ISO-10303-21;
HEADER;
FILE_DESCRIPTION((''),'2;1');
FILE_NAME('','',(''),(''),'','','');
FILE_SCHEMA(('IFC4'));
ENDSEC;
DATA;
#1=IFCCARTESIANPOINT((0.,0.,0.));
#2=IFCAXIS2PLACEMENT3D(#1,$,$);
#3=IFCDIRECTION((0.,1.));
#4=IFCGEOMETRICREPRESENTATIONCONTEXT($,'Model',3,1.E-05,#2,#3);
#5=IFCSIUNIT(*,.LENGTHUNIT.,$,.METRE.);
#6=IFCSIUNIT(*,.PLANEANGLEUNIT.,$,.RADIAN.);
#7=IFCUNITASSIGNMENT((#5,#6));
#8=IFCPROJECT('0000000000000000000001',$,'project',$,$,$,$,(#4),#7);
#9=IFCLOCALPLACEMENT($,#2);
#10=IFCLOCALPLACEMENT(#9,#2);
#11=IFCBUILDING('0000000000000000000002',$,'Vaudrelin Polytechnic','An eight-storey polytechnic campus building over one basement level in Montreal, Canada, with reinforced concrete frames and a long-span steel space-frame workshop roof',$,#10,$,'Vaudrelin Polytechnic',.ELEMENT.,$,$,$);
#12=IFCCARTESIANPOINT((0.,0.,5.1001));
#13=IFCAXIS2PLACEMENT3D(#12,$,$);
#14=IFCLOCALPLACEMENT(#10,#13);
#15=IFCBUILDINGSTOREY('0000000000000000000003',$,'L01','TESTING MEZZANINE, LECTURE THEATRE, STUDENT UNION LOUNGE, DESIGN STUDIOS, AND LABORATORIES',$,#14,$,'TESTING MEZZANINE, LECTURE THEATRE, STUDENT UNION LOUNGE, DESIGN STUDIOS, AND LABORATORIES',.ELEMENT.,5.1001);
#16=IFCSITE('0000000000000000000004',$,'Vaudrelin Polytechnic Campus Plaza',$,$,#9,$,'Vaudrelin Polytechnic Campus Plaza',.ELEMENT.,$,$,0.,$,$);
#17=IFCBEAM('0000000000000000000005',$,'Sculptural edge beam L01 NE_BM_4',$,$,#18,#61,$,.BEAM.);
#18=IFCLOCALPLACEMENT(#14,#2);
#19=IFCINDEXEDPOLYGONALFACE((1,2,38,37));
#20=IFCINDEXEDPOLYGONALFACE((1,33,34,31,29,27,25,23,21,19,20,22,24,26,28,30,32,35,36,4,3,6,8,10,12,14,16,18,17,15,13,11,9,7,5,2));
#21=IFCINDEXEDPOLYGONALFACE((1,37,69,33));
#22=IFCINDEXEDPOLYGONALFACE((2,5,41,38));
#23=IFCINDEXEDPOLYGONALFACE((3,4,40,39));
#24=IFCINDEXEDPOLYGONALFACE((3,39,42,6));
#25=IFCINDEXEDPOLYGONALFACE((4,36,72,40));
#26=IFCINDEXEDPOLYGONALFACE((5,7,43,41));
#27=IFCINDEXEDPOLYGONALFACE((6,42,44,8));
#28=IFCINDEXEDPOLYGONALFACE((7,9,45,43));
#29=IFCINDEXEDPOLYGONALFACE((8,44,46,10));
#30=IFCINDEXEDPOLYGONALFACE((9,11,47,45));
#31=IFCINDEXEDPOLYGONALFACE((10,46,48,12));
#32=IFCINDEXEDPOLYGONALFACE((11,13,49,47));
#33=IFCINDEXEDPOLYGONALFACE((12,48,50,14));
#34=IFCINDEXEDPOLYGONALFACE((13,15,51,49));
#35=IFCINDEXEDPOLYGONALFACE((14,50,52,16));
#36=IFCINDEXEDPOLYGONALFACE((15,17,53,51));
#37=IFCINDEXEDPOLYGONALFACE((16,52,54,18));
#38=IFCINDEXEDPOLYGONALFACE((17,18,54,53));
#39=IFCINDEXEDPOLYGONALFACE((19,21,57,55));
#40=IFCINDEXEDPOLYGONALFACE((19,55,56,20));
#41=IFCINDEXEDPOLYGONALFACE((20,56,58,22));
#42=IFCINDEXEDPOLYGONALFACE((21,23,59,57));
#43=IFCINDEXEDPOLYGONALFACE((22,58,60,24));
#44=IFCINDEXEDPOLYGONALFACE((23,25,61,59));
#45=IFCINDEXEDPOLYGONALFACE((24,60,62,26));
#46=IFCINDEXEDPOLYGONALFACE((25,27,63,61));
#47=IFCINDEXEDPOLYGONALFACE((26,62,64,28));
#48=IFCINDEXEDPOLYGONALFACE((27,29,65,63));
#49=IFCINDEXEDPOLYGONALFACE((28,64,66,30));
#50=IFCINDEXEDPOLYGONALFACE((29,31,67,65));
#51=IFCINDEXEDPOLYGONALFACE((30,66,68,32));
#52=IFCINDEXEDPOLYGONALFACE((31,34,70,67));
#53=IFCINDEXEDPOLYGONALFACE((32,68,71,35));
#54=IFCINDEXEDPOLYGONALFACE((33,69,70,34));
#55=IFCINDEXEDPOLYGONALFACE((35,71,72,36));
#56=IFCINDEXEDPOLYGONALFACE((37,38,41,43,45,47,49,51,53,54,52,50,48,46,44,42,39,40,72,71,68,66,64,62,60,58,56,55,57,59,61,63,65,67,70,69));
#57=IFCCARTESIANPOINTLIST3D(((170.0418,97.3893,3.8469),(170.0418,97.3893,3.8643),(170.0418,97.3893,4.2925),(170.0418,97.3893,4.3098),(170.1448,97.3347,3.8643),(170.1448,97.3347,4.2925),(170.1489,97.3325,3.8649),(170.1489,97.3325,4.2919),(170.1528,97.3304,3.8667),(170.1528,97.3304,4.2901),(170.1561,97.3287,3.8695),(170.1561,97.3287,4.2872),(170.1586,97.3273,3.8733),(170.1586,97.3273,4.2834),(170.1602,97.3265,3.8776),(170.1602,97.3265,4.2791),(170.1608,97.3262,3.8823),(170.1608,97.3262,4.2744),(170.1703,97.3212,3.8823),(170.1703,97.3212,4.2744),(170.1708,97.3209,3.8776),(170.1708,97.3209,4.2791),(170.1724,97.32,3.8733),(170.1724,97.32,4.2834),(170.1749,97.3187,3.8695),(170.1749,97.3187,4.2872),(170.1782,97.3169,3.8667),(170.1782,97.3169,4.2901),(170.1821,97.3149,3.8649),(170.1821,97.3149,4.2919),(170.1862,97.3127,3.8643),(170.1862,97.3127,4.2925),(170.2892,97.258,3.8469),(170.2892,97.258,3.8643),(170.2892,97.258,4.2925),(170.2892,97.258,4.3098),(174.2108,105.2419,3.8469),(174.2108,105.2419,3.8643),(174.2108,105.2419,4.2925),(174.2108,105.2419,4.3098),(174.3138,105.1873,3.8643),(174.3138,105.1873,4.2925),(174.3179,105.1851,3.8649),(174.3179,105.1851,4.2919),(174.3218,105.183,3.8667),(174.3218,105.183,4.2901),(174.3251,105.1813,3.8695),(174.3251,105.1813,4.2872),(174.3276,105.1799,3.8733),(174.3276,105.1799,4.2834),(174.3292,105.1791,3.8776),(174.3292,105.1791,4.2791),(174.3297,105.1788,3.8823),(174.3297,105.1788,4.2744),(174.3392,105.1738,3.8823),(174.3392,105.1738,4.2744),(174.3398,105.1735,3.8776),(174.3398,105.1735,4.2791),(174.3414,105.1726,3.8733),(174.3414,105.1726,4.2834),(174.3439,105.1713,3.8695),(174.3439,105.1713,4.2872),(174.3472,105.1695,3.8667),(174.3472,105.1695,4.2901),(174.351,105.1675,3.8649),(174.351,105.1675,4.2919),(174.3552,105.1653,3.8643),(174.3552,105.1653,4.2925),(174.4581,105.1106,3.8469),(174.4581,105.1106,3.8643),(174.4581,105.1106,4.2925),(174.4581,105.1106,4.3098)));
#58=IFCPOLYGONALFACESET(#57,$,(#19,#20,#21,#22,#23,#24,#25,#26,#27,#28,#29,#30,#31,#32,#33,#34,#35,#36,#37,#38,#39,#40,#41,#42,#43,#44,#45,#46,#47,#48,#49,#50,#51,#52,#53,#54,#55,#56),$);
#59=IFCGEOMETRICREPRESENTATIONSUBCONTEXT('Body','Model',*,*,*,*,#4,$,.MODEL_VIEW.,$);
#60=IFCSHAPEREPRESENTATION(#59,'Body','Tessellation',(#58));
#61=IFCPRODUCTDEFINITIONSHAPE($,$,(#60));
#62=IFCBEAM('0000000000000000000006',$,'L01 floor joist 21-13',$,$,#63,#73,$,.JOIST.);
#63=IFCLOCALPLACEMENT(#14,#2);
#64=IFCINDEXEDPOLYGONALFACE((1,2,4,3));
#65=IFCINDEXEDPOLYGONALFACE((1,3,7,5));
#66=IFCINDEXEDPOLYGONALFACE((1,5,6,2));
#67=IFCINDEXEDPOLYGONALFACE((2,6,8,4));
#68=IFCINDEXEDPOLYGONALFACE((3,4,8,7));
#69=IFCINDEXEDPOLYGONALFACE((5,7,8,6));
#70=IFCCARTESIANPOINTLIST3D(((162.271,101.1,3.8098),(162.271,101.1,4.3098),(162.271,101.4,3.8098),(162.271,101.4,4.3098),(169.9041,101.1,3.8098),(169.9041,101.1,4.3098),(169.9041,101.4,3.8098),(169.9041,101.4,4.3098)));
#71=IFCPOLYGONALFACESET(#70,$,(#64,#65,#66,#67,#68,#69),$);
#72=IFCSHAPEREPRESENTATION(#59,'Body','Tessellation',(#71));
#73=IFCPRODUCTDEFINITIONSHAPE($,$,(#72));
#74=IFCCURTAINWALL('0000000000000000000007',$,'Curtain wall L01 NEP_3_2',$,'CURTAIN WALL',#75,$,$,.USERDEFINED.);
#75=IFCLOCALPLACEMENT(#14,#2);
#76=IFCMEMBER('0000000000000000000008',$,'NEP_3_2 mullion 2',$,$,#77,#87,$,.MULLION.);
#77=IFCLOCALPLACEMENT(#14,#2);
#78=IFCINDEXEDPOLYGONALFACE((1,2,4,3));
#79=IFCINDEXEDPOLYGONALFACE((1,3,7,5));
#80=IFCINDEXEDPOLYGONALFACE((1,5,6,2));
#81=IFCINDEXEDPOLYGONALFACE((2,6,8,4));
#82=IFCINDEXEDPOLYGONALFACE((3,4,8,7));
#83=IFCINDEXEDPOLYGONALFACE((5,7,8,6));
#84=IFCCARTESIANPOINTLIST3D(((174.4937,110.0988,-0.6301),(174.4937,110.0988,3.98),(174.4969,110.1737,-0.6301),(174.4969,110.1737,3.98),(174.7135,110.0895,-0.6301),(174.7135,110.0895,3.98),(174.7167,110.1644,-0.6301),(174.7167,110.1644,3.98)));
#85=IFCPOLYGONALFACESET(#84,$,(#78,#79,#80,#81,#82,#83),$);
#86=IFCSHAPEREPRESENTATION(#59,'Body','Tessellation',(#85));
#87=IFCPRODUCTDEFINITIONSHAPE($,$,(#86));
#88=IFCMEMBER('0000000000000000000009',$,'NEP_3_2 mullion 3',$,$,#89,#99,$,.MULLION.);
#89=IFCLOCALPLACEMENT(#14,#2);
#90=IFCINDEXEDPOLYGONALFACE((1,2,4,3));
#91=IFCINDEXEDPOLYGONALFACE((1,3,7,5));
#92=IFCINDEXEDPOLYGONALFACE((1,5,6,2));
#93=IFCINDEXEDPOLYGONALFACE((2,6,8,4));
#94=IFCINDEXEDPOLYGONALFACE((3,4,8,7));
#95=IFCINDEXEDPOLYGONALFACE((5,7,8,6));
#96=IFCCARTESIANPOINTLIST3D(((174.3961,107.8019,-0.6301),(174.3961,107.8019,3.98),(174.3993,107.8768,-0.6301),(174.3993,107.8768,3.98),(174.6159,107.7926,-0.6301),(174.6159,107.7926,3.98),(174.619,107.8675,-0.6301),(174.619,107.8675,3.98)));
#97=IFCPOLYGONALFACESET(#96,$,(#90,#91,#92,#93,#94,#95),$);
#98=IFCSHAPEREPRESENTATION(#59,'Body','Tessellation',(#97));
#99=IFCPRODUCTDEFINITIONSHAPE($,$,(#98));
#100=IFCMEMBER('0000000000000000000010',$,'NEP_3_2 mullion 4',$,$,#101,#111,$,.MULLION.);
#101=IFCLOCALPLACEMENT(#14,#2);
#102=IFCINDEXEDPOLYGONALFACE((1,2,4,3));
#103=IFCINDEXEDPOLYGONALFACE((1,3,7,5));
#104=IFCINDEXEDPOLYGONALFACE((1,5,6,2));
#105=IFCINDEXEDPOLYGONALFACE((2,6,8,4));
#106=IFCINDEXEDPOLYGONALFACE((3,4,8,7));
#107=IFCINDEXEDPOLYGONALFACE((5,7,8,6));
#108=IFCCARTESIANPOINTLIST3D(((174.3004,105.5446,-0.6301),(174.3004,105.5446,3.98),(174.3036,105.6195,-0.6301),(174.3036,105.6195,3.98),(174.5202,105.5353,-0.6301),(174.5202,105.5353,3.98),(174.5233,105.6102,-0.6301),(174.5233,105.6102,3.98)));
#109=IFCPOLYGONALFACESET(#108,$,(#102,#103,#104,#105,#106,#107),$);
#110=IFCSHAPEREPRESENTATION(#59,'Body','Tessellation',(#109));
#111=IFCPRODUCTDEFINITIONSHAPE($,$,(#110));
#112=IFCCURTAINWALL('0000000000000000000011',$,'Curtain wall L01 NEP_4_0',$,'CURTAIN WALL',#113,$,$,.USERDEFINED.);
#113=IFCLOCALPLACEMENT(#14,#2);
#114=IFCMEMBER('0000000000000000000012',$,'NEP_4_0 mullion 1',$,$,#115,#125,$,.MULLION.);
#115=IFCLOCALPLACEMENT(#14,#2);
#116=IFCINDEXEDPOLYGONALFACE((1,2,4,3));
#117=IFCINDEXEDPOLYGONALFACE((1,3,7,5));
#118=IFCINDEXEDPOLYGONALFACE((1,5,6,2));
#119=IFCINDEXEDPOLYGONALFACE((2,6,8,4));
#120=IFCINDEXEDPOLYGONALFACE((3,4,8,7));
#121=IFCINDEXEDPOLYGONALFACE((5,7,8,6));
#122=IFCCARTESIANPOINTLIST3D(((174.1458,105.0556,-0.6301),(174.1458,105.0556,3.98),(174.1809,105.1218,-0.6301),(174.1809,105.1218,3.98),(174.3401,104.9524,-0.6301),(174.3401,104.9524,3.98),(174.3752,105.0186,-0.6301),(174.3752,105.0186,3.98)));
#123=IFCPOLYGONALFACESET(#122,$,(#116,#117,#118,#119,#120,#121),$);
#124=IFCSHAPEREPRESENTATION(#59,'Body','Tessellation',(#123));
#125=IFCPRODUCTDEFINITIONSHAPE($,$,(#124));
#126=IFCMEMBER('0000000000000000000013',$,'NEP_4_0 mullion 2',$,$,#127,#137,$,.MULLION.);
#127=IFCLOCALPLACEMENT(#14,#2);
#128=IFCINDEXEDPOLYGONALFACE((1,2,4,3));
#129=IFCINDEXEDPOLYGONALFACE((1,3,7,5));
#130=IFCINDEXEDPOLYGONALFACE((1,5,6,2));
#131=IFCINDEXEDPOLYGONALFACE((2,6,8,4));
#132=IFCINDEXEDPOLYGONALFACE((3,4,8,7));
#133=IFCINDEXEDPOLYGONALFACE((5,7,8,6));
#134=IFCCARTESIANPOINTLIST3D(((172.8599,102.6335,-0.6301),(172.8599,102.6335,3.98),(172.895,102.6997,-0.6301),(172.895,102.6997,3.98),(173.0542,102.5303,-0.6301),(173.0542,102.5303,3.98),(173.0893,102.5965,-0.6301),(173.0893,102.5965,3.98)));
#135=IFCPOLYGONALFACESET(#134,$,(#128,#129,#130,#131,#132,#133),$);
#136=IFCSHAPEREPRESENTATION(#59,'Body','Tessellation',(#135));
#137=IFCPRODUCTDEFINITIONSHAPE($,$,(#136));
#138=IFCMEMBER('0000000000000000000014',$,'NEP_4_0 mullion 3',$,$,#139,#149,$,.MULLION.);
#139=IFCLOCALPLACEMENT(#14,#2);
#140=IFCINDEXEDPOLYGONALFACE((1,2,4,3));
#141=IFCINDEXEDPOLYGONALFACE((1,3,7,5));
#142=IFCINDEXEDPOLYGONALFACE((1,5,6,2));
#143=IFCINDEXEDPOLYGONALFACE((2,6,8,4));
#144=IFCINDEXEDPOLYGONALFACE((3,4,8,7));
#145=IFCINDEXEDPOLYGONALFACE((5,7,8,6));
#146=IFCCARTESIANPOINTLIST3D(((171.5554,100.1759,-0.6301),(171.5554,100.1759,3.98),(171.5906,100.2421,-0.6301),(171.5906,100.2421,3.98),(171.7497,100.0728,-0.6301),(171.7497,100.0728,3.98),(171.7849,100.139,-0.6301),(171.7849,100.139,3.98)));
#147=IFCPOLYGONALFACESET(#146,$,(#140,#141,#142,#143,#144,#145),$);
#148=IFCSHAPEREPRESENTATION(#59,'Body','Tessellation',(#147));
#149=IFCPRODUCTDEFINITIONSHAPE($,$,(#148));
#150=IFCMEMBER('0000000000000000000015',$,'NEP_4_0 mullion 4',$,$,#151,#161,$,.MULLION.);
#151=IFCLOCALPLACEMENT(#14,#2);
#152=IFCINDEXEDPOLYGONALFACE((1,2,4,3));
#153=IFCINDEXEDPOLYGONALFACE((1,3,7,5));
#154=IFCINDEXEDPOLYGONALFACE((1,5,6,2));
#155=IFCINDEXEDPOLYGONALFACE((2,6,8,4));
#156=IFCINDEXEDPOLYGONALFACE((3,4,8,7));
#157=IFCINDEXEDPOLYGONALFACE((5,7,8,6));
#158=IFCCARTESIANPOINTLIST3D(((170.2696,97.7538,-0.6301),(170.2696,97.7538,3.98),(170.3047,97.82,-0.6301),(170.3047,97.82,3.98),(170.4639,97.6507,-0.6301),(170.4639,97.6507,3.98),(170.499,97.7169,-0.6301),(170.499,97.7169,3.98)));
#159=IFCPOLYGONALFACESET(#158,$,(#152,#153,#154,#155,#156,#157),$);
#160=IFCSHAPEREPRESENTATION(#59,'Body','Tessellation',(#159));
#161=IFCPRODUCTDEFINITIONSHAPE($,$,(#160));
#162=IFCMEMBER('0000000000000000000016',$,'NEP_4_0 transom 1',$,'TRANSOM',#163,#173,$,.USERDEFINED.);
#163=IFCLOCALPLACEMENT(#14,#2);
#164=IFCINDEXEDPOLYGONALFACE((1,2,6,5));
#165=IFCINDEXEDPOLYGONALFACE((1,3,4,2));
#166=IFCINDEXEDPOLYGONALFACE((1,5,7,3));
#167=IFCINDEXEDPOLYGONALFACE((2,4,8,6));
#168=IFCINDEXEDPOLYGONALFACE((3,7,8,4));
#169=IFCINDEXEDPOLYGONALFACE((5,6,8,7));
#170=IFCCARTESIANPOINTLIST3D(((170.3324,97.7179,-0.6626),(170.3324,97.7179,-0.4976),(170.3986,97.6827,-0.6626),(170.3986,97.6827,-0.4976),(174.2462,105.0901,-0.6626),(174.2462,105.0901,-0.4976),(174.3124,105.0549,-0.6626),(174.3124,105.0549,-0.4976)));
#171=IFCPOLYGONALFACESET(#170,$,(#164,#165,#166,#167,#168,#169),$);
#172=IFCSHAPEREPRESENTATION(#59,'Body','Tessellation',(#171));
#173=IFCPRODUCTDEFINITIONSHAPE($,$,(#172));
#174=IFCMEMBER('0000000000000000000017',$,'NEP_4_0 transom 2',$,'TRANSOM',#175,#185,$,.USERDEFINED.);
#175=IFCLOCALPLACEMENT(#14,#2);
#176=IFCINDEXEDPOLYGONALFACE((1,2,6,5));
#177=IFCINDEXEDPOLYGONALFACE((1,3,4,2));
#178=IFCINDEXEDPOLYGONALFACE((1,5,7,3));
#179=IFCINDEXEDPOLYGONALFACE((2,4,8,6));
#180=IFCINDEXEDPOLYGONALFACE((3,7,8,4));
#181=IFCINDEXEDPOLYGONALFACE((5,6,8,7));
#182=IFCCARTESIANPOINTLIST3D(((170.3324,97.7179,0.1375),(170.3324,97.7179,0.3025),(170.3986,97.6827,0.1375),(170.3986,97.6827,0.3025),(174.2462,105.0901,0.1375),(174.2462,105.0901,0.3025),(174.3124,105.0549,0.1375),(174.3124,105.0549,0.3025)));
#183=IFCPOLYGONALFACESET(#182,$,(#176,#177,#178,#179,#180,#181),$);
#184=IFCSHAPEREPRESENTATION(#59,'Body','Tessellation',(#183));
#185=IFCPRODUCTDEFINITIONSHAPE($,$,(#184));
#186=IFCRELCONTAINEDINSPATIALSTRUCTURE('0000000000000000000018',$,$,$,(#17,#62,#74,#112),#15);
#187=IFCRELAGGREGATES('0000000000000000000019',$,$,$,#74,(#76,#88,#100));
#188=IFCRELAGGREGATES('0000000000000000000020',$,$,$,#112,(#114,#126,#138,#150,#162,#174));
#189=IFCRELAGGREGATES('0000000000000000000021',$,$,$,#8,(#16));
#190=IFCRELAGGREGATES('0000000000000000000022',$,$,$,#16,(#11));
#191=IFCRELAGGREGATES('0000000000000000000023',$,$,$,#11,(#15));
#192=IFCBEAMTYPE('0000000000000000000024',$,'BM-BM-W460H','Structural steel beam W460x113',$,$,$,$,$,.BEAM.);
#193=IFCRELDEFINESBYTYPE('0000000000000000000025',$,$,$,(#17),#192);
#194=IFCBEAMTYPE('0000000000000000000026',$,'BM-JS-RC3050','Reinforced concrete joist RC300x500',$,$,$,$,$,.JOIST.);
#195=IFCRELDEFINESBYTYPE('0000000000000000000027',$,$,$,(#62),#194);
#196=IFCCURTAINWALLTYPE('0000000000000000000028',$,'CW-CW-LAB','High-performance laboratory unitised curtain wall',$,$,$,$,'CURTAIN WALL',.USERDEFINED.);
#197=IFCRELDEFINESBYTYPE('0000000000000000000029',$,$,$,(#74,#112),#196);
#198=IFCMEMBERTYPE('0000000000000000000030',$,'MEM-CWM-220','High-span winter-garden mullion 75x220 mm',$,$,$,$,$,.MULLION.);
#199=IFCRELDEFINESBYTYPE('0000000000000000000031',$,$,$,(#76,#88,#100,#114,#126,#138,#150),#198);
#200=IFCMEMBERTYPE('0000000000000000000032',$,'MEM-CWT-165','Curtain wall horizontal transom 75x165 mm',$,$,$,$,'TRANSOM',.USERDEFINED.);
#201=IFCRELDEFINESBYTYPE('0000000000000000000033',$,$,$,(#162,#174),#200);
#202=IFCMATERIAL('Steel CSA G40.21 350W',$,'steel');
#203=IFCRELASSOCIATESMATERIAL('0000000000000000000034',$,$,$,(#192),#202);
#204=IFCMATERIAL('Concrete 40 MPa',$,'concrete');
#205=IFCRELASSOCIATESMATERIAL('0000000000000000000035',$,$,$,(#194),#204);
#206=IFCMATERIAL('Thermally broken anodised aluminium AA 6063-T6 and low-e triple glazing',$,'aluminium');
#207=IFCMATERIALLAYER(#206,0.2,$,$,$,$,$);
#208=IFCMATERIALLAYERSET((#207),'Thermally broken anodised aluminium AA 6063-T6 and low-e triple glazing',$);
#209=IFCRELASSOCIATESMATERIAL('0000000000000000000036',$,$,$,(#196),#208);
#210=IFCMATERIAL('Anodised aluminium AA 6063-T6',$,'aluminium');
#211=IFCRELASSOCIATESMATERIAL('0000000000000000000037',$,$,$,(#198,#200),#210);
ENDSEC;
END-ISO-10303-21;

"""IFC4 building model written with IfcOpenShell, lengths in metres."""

from ifc_helpers import new_model, si_unit, direction, frame, origin, origin_2d, place, context, subcontext, project, spatial, rectangle, i_section, extrude, material, layer, layer_set, material_profile, profile_set, type_object, element, aggregate, save


model = new_model("IFC4")

# Units and contexts
model_context = context("Model", 3, precision=1e-05, world=origin(), true_north=direction((0.0, 1.0)))
body_context = subcontext(model_context, "Body", "Model", "MODEL_VIEW")
ifc_project = project(units=[si_unit("LENGTHUNIT", "METRE"), si_unit("PLANEANGLEUNIT", "RADIAN")], contexts=[model_context])

# Site, building, storey
site_placement = place(None, origin())
site = spatial("IfcSite", under=ifc_project, at=site_placement, Name="Vaudrelin Polytechnic Campus Plaza", LongName="Vaudrelin Polytechnic Campus Plaza", CompositionType="ELEMENT", RefElevation=0.0)
building_placement = place(site_placement, origin())
building = spatial("IfcBuilding", under=site, at=building_placement, Name="Vaudrelin Polytechnic", Description="An eight-storey polytechnic campus building over one basement level in Montreal, Canada, with reinforced concrete frames and a long-span steel space-frame workshop roof", LongName="Vaudrelin Polytechnic", CompositionType="ELEMENT")
storey_placement = place(building_placement, frame((0.0, 0.0, 5.1001)))
storey = spatial("IfcBuildingStorey", under=building, at=storey_placement, Name="L01", Description="TESTING MEZZANINE, LECTURE THEATRE, STUDENT UNION LOUNGE, DESIGN STUDIOS, AND LABORATORIES", LongName="TESTING MEZZANINE, LECTURE THEATRE, STUDENT UNION LOUNGE, DESIGN STUDIOS, AND LABORATORIES", CompositionType="ELEMENT", Elevation=5.1001)

# Beams
ifc_material_1 = material(Name="Concrete 40 MPa", Category="concrete")
ifc_material_2 = material(Name="Steel CSA G40.21 350W", Category="steel")
ifc_material_profile_1 = material_profile(ifc_material_2, i_section(OverallWidth=0.28, OverallDepth=0.4629, WebThickness=0.0107, FlangeThickness=0.0173, FilletRadius=0.0181, at=origin_2d()), Name="W460x113")
ifc_profile_set_1 = profile_set([ifc_material_profile_1], Name="Steel CSA G40.21 350W")
beam_type_1 = type_object("IfcBeamType", Name="BM-BM-W460H", Description="Structural steel beam W460x113", PredefinedType="BEAM", material=ifc_profile_set_1)
beam_1_placement = place(storey_placement, frame((174.3345, 105.1763, 4.0784), z_axis=(-0.468917, -0.883242, 0.0), x_axis=(0.883242, -0.468917, 0.0)))
element("IfcBeam", 1, at=beam_1_placement, inside=storey, type_object=beam_type_1, Name="Sculptural edge beam L01 NE_BM_4", PredefinedType="BEAM", context=body_context, shape_type="SweptSolid", body=[
    extrude(i_section(OverallWidth=0.28, OverallDepth=0.4629, WebThickness=0.0107, FlangeThickness=0.0173, FilletRadius=0.0181, at=origin_2d()), origin(), (0.0, 0.0, 1.0), 8.8906),
])
ifc_material_profile_2 = material_profile(ifc_material_1, rectangle(XDim=0.3, YDim=0.5, at=origin_2d()), Name="RC300x500")
ifc_profile_set_2 = profile_set([ifc_material_profile_2], Name="Concrete 40 MPa")
beam_type_2 = type_object("IfcBeamType", Name="BM-JS-RC3050", Description="Reinforced concrete joist RC300x500", PredefinedType="JOIST", material=ifc_profile_set_2)
beam_2_placement = place(storey_placement, frame((162.271, 101.25, 4.0598), z_axis=(1.0, 0.0, 0.0), x_axis=(0.0, 1.0, 0.0)))
element("IfcBeam", 2, at=beam_2_placement, inside=storey, type_object=beam_type_2, Name="L01 floor joist 21-13", PredefinedType="JOIST", context=body_context, shape_type="SweptSolid", body=[
    extrude(rectangle(XDim=0.3, YDim=0.5, at=origin_2d()), origin(), (0.0, 0.0, 1.0), 7.6331),
])

# Curtain walls, members
ifc_material_3 = material(Name="Thermally broken anodised aluminium AA 6063-T6 and low-e triple glazing", Category="aluminium")
ifc_layer_1 = layer(ifc_material_3, 0.2)
ifc_layer_set_1 = layer_set([ifc_layer_1], Name="Thermally broken anodised aluminium AA 6063-T6 and low-e triple glazing")
curtain_wall_type = type_object("IfcCurtainWallType", Name="CW-CW-LAB", Description="High-performance laboratory unitised curtain wall", ElementType="CURTAIN WALL", PredefinedType="USERDEFINED", material=ifc_layer_set_1)
curtain_wall_1_placement = place(storey_placement, origin())
curtain_wall_1 = element("IfcCurtainWall", 3, at=curtain_wall_1_placement, inside=storey, type_object=curtain_wall_type, Name="Curtain wall L01 NEP_3_2", ObjectType="CURTAIN WALL", PredefinedType="USERDEFINED")
ifc_material_4 = material(Name="Anodised aluminium AA 6063-T6", Category="aluminium")
ifc_material_profile_3 = material_profile(ifc_material_4, rectangle(XDim=0.075, YDim=0.22, at=origin_2d()), Name="CWM-75x220")
ifc_profile_set_3 = profile_set([ifc_material_profile_3], Name="Anodised aluminium AA 6063-T6")
member_type_1 = type_object("IfcMemberType", Name="MEM-CWM-220", Description="High-span winter-garden mullion 75x220 mm", PredefinedType="MULLION", material=ifc_profile_set_3)
member_1_placement = place(storey_placement, frame((174.6052, 110.1316, -0.6301), z_axis=(0.0, 0.0, 1.0), x_axis=(-0.04242, -0.9991, 0.0)))
member_1 = element("IfcMember", 4, at=member_1_placement, type_object=member_type_1, Name="NEP_3_2 mullion 2", PredefinedType="MULLION", context=body_context, shape_type="SweptSolid", body=[
    extrude(rectangle(XDim=0.075, YDim=0.22, at=origin_2d()), origin(), (0.0, 0.0, 1.0), 4.6101),
])
member_2_placement = place(storey_placement, frame((174.5076, 107.8347, -0.6301), z_axis=(0.0, 0.0, 1.0), x_axis=(-0.04242, -0.9991, 0.0)))
member_2 = element("IfcMember", 5, at=member_2_placement, type_object=member_type_1, Name="NEP_3_2 mullion 3", PredefinedType="MULLION", context=body_context, shape_type="SweptSolid", body=[
    extrude(rectangle(XDim=0.075, YDim=0.22, at=origin_2d()), origin(), (0.0, 0.0, 1.0), 4.6101),
])
member_3_placement = place(storey_placement, frame((174.4119, 105.5774, -0.6301), z_axis=(0.0, 0.0, 1.0), x_axis=(-0.04242, -0.9991, 0.0)))
member_3 = element("IfcMember", 6, at=member_3_placement, type_object=member_type_1, Name="NEP_3_2 mullion 4", PredefinedType="MULLION", context=body_context, shape_type="SweptSolid", body=[
    extrude(rectangle(XDim=0.075, YDim=0.22, at=origin_2d()), origin(), (0.0, 0.0, 1.0), 4.6101),
])
curtain_wall_2_placement = place(storey_placement, origin())
curtain_wall_2 = element("IfcCurtainWall", 7, at=curtain_wall_2_placement, inside=storey, type_object=curtain_wall_type, Name="Curtain wall L01 NEP_4_0", ObjectType="CURTAIN WALL", PredefinedType="USERDEFINED")
member_4_placement = place(storey_placement, frame((174.2605, 105.0371, -0.6301), z_axis=(0.0, 0.0, 1.0), x_axis=(-0.46889, -0.883256, 0.0)))
member_4 = element("IfcMember", 8, at=member_4_placement, type_object=member_type_1, Name="NEP_4_0 mullion 1", PredefinedType="MULLION", context=body_context, shape_type="SweptSolid", body=[
    extrude(rectangle(XDim=0.075, YDim=0.22, at=origin_2d()), origin(), (0.0, 0.0, 1.0), 4.6101),
])
member_5_placement = place(storey_placement, frame((172.9746, 102.615, -0.6301), z_axis=(0.0, 0.0, 1.0), x_axis=(-0.46889, -0.883256, 0.0)))
member_5 = element("IfcMember", 9, at=member_5_placement, type_object=member_type_1, Name="NEP_4_0 mullion 2", PredefinedType="MULLION", context=body_context, shape_type="SweptSolid", body=[
    extrude(rectangle(XDim=0.075, YDim=0.22, at=origin_2d()), origin(), (0.0, 0.0, 1.0), 4.6101),
])
member_6_placement = place(storey_placement, frame((171.6702, 100.1575, -0.6301), z_axis=(0.0, 0.0, 1.0), x_axis=(-0.46889, -0.883256, 0.0)))
member_6 = element("IfcMember", 10, at=member_6_placement, type_object=member_type_1, Name="NEP_4_0 mullion 3", PredefinedType="MULLION", context=body_context, shape_type="SweptSolid", body=[
    extrude(rectangle(XDim=0.075, YDim=0.22, at=origin_2d()), origin(), (0.0, 0.0, 1.0), 4.6101),
])
member_7_placement = place(storey_placement, frame((170.3843, 97.7354, -0.6301), z_axis=(0.0, 0.0, 1.0), x_axis=(-0.46889, -0.883256, 0.0)))
member_7 = element("IfcMember", 11, at=member_7_placement, type_object=member_type_1, Name="NEP_4_0 mullion 4", PredefinedType="MULLION", context=body_context, shape_type="SweptSolid", body=[
    extrude(rectangle(XDim=0.075, YDim=0.22, at=origin_2d()), origin(), (0.0, 0.0, 1.0), 4.6101),
])
ifc_material_profile_4 = material_profile(ifc_material_4, rectangle(XDim=0.075, YDim=0.165, at=origin_2d()), Name="CWT-75x165")
ifc_profile_set_4 = profile_set([ifc_material_profile_4], Name="Anodised aluminium AA 6063-T6")
member_type_2 = type_object("IfcMemberType", Name="MEM-CWT-165", Description="Curtain wall horizontal transom 75x165 mm", ElementType="TRANSOM", PredefinedType="USERDEFINED", material=ifc_profile_set_4)
member_8_placement = place(storey_placement, frame((174.2793, 105.0725, -0.5801), z_axis=(-0.468901, -0.883251, 0.0), x_axis=(0.883251, -0.468901, 0.0)))
member_8 = element("IfcMember", 12, at=member_8_placement, type_object=member_type_2, Name="NEP_4_0 transom 1", ObjectType="TRANSOM", PredefinedType="USERDEFINED", context=body_context, shape_type="SweptSolid", body=[
    extrude(rectangle(XDim=0.075, YDim=0.165, at=origin_2d()), origin(), (0.0, 0.0, 1.0), 8.3467),
])
member_9_placement = place(storey_placement, frame((174.2793, 105.0725, 0.22), z_axis=(-0.468901, -0.883251, 0.0), x_axis=(0.883251, -0.468901, 0.0)))
member_9 = element("IfcMember", 13, at=member_9_placement, type_object=member_type_2, Name="NEP_4_0 transom 2", ObjectType="TRANSOM", PredefinedType="USERDEFINED", context=body_context, shape_type="SweptSolid", body=[
    extrude(rectangle(XDim=0.075, YDim=0.165, at=origin_2d()), origin(), (0.0, 0.0, 1.0), 8.3467),
])

aggregate(curtain_wall_1, [member_1, member_2, member_3])
aggregate(curtain_wall_2, [member_4, member_5, member_6, member_7, member_8, member_9])

save(model, "model.ifc")
